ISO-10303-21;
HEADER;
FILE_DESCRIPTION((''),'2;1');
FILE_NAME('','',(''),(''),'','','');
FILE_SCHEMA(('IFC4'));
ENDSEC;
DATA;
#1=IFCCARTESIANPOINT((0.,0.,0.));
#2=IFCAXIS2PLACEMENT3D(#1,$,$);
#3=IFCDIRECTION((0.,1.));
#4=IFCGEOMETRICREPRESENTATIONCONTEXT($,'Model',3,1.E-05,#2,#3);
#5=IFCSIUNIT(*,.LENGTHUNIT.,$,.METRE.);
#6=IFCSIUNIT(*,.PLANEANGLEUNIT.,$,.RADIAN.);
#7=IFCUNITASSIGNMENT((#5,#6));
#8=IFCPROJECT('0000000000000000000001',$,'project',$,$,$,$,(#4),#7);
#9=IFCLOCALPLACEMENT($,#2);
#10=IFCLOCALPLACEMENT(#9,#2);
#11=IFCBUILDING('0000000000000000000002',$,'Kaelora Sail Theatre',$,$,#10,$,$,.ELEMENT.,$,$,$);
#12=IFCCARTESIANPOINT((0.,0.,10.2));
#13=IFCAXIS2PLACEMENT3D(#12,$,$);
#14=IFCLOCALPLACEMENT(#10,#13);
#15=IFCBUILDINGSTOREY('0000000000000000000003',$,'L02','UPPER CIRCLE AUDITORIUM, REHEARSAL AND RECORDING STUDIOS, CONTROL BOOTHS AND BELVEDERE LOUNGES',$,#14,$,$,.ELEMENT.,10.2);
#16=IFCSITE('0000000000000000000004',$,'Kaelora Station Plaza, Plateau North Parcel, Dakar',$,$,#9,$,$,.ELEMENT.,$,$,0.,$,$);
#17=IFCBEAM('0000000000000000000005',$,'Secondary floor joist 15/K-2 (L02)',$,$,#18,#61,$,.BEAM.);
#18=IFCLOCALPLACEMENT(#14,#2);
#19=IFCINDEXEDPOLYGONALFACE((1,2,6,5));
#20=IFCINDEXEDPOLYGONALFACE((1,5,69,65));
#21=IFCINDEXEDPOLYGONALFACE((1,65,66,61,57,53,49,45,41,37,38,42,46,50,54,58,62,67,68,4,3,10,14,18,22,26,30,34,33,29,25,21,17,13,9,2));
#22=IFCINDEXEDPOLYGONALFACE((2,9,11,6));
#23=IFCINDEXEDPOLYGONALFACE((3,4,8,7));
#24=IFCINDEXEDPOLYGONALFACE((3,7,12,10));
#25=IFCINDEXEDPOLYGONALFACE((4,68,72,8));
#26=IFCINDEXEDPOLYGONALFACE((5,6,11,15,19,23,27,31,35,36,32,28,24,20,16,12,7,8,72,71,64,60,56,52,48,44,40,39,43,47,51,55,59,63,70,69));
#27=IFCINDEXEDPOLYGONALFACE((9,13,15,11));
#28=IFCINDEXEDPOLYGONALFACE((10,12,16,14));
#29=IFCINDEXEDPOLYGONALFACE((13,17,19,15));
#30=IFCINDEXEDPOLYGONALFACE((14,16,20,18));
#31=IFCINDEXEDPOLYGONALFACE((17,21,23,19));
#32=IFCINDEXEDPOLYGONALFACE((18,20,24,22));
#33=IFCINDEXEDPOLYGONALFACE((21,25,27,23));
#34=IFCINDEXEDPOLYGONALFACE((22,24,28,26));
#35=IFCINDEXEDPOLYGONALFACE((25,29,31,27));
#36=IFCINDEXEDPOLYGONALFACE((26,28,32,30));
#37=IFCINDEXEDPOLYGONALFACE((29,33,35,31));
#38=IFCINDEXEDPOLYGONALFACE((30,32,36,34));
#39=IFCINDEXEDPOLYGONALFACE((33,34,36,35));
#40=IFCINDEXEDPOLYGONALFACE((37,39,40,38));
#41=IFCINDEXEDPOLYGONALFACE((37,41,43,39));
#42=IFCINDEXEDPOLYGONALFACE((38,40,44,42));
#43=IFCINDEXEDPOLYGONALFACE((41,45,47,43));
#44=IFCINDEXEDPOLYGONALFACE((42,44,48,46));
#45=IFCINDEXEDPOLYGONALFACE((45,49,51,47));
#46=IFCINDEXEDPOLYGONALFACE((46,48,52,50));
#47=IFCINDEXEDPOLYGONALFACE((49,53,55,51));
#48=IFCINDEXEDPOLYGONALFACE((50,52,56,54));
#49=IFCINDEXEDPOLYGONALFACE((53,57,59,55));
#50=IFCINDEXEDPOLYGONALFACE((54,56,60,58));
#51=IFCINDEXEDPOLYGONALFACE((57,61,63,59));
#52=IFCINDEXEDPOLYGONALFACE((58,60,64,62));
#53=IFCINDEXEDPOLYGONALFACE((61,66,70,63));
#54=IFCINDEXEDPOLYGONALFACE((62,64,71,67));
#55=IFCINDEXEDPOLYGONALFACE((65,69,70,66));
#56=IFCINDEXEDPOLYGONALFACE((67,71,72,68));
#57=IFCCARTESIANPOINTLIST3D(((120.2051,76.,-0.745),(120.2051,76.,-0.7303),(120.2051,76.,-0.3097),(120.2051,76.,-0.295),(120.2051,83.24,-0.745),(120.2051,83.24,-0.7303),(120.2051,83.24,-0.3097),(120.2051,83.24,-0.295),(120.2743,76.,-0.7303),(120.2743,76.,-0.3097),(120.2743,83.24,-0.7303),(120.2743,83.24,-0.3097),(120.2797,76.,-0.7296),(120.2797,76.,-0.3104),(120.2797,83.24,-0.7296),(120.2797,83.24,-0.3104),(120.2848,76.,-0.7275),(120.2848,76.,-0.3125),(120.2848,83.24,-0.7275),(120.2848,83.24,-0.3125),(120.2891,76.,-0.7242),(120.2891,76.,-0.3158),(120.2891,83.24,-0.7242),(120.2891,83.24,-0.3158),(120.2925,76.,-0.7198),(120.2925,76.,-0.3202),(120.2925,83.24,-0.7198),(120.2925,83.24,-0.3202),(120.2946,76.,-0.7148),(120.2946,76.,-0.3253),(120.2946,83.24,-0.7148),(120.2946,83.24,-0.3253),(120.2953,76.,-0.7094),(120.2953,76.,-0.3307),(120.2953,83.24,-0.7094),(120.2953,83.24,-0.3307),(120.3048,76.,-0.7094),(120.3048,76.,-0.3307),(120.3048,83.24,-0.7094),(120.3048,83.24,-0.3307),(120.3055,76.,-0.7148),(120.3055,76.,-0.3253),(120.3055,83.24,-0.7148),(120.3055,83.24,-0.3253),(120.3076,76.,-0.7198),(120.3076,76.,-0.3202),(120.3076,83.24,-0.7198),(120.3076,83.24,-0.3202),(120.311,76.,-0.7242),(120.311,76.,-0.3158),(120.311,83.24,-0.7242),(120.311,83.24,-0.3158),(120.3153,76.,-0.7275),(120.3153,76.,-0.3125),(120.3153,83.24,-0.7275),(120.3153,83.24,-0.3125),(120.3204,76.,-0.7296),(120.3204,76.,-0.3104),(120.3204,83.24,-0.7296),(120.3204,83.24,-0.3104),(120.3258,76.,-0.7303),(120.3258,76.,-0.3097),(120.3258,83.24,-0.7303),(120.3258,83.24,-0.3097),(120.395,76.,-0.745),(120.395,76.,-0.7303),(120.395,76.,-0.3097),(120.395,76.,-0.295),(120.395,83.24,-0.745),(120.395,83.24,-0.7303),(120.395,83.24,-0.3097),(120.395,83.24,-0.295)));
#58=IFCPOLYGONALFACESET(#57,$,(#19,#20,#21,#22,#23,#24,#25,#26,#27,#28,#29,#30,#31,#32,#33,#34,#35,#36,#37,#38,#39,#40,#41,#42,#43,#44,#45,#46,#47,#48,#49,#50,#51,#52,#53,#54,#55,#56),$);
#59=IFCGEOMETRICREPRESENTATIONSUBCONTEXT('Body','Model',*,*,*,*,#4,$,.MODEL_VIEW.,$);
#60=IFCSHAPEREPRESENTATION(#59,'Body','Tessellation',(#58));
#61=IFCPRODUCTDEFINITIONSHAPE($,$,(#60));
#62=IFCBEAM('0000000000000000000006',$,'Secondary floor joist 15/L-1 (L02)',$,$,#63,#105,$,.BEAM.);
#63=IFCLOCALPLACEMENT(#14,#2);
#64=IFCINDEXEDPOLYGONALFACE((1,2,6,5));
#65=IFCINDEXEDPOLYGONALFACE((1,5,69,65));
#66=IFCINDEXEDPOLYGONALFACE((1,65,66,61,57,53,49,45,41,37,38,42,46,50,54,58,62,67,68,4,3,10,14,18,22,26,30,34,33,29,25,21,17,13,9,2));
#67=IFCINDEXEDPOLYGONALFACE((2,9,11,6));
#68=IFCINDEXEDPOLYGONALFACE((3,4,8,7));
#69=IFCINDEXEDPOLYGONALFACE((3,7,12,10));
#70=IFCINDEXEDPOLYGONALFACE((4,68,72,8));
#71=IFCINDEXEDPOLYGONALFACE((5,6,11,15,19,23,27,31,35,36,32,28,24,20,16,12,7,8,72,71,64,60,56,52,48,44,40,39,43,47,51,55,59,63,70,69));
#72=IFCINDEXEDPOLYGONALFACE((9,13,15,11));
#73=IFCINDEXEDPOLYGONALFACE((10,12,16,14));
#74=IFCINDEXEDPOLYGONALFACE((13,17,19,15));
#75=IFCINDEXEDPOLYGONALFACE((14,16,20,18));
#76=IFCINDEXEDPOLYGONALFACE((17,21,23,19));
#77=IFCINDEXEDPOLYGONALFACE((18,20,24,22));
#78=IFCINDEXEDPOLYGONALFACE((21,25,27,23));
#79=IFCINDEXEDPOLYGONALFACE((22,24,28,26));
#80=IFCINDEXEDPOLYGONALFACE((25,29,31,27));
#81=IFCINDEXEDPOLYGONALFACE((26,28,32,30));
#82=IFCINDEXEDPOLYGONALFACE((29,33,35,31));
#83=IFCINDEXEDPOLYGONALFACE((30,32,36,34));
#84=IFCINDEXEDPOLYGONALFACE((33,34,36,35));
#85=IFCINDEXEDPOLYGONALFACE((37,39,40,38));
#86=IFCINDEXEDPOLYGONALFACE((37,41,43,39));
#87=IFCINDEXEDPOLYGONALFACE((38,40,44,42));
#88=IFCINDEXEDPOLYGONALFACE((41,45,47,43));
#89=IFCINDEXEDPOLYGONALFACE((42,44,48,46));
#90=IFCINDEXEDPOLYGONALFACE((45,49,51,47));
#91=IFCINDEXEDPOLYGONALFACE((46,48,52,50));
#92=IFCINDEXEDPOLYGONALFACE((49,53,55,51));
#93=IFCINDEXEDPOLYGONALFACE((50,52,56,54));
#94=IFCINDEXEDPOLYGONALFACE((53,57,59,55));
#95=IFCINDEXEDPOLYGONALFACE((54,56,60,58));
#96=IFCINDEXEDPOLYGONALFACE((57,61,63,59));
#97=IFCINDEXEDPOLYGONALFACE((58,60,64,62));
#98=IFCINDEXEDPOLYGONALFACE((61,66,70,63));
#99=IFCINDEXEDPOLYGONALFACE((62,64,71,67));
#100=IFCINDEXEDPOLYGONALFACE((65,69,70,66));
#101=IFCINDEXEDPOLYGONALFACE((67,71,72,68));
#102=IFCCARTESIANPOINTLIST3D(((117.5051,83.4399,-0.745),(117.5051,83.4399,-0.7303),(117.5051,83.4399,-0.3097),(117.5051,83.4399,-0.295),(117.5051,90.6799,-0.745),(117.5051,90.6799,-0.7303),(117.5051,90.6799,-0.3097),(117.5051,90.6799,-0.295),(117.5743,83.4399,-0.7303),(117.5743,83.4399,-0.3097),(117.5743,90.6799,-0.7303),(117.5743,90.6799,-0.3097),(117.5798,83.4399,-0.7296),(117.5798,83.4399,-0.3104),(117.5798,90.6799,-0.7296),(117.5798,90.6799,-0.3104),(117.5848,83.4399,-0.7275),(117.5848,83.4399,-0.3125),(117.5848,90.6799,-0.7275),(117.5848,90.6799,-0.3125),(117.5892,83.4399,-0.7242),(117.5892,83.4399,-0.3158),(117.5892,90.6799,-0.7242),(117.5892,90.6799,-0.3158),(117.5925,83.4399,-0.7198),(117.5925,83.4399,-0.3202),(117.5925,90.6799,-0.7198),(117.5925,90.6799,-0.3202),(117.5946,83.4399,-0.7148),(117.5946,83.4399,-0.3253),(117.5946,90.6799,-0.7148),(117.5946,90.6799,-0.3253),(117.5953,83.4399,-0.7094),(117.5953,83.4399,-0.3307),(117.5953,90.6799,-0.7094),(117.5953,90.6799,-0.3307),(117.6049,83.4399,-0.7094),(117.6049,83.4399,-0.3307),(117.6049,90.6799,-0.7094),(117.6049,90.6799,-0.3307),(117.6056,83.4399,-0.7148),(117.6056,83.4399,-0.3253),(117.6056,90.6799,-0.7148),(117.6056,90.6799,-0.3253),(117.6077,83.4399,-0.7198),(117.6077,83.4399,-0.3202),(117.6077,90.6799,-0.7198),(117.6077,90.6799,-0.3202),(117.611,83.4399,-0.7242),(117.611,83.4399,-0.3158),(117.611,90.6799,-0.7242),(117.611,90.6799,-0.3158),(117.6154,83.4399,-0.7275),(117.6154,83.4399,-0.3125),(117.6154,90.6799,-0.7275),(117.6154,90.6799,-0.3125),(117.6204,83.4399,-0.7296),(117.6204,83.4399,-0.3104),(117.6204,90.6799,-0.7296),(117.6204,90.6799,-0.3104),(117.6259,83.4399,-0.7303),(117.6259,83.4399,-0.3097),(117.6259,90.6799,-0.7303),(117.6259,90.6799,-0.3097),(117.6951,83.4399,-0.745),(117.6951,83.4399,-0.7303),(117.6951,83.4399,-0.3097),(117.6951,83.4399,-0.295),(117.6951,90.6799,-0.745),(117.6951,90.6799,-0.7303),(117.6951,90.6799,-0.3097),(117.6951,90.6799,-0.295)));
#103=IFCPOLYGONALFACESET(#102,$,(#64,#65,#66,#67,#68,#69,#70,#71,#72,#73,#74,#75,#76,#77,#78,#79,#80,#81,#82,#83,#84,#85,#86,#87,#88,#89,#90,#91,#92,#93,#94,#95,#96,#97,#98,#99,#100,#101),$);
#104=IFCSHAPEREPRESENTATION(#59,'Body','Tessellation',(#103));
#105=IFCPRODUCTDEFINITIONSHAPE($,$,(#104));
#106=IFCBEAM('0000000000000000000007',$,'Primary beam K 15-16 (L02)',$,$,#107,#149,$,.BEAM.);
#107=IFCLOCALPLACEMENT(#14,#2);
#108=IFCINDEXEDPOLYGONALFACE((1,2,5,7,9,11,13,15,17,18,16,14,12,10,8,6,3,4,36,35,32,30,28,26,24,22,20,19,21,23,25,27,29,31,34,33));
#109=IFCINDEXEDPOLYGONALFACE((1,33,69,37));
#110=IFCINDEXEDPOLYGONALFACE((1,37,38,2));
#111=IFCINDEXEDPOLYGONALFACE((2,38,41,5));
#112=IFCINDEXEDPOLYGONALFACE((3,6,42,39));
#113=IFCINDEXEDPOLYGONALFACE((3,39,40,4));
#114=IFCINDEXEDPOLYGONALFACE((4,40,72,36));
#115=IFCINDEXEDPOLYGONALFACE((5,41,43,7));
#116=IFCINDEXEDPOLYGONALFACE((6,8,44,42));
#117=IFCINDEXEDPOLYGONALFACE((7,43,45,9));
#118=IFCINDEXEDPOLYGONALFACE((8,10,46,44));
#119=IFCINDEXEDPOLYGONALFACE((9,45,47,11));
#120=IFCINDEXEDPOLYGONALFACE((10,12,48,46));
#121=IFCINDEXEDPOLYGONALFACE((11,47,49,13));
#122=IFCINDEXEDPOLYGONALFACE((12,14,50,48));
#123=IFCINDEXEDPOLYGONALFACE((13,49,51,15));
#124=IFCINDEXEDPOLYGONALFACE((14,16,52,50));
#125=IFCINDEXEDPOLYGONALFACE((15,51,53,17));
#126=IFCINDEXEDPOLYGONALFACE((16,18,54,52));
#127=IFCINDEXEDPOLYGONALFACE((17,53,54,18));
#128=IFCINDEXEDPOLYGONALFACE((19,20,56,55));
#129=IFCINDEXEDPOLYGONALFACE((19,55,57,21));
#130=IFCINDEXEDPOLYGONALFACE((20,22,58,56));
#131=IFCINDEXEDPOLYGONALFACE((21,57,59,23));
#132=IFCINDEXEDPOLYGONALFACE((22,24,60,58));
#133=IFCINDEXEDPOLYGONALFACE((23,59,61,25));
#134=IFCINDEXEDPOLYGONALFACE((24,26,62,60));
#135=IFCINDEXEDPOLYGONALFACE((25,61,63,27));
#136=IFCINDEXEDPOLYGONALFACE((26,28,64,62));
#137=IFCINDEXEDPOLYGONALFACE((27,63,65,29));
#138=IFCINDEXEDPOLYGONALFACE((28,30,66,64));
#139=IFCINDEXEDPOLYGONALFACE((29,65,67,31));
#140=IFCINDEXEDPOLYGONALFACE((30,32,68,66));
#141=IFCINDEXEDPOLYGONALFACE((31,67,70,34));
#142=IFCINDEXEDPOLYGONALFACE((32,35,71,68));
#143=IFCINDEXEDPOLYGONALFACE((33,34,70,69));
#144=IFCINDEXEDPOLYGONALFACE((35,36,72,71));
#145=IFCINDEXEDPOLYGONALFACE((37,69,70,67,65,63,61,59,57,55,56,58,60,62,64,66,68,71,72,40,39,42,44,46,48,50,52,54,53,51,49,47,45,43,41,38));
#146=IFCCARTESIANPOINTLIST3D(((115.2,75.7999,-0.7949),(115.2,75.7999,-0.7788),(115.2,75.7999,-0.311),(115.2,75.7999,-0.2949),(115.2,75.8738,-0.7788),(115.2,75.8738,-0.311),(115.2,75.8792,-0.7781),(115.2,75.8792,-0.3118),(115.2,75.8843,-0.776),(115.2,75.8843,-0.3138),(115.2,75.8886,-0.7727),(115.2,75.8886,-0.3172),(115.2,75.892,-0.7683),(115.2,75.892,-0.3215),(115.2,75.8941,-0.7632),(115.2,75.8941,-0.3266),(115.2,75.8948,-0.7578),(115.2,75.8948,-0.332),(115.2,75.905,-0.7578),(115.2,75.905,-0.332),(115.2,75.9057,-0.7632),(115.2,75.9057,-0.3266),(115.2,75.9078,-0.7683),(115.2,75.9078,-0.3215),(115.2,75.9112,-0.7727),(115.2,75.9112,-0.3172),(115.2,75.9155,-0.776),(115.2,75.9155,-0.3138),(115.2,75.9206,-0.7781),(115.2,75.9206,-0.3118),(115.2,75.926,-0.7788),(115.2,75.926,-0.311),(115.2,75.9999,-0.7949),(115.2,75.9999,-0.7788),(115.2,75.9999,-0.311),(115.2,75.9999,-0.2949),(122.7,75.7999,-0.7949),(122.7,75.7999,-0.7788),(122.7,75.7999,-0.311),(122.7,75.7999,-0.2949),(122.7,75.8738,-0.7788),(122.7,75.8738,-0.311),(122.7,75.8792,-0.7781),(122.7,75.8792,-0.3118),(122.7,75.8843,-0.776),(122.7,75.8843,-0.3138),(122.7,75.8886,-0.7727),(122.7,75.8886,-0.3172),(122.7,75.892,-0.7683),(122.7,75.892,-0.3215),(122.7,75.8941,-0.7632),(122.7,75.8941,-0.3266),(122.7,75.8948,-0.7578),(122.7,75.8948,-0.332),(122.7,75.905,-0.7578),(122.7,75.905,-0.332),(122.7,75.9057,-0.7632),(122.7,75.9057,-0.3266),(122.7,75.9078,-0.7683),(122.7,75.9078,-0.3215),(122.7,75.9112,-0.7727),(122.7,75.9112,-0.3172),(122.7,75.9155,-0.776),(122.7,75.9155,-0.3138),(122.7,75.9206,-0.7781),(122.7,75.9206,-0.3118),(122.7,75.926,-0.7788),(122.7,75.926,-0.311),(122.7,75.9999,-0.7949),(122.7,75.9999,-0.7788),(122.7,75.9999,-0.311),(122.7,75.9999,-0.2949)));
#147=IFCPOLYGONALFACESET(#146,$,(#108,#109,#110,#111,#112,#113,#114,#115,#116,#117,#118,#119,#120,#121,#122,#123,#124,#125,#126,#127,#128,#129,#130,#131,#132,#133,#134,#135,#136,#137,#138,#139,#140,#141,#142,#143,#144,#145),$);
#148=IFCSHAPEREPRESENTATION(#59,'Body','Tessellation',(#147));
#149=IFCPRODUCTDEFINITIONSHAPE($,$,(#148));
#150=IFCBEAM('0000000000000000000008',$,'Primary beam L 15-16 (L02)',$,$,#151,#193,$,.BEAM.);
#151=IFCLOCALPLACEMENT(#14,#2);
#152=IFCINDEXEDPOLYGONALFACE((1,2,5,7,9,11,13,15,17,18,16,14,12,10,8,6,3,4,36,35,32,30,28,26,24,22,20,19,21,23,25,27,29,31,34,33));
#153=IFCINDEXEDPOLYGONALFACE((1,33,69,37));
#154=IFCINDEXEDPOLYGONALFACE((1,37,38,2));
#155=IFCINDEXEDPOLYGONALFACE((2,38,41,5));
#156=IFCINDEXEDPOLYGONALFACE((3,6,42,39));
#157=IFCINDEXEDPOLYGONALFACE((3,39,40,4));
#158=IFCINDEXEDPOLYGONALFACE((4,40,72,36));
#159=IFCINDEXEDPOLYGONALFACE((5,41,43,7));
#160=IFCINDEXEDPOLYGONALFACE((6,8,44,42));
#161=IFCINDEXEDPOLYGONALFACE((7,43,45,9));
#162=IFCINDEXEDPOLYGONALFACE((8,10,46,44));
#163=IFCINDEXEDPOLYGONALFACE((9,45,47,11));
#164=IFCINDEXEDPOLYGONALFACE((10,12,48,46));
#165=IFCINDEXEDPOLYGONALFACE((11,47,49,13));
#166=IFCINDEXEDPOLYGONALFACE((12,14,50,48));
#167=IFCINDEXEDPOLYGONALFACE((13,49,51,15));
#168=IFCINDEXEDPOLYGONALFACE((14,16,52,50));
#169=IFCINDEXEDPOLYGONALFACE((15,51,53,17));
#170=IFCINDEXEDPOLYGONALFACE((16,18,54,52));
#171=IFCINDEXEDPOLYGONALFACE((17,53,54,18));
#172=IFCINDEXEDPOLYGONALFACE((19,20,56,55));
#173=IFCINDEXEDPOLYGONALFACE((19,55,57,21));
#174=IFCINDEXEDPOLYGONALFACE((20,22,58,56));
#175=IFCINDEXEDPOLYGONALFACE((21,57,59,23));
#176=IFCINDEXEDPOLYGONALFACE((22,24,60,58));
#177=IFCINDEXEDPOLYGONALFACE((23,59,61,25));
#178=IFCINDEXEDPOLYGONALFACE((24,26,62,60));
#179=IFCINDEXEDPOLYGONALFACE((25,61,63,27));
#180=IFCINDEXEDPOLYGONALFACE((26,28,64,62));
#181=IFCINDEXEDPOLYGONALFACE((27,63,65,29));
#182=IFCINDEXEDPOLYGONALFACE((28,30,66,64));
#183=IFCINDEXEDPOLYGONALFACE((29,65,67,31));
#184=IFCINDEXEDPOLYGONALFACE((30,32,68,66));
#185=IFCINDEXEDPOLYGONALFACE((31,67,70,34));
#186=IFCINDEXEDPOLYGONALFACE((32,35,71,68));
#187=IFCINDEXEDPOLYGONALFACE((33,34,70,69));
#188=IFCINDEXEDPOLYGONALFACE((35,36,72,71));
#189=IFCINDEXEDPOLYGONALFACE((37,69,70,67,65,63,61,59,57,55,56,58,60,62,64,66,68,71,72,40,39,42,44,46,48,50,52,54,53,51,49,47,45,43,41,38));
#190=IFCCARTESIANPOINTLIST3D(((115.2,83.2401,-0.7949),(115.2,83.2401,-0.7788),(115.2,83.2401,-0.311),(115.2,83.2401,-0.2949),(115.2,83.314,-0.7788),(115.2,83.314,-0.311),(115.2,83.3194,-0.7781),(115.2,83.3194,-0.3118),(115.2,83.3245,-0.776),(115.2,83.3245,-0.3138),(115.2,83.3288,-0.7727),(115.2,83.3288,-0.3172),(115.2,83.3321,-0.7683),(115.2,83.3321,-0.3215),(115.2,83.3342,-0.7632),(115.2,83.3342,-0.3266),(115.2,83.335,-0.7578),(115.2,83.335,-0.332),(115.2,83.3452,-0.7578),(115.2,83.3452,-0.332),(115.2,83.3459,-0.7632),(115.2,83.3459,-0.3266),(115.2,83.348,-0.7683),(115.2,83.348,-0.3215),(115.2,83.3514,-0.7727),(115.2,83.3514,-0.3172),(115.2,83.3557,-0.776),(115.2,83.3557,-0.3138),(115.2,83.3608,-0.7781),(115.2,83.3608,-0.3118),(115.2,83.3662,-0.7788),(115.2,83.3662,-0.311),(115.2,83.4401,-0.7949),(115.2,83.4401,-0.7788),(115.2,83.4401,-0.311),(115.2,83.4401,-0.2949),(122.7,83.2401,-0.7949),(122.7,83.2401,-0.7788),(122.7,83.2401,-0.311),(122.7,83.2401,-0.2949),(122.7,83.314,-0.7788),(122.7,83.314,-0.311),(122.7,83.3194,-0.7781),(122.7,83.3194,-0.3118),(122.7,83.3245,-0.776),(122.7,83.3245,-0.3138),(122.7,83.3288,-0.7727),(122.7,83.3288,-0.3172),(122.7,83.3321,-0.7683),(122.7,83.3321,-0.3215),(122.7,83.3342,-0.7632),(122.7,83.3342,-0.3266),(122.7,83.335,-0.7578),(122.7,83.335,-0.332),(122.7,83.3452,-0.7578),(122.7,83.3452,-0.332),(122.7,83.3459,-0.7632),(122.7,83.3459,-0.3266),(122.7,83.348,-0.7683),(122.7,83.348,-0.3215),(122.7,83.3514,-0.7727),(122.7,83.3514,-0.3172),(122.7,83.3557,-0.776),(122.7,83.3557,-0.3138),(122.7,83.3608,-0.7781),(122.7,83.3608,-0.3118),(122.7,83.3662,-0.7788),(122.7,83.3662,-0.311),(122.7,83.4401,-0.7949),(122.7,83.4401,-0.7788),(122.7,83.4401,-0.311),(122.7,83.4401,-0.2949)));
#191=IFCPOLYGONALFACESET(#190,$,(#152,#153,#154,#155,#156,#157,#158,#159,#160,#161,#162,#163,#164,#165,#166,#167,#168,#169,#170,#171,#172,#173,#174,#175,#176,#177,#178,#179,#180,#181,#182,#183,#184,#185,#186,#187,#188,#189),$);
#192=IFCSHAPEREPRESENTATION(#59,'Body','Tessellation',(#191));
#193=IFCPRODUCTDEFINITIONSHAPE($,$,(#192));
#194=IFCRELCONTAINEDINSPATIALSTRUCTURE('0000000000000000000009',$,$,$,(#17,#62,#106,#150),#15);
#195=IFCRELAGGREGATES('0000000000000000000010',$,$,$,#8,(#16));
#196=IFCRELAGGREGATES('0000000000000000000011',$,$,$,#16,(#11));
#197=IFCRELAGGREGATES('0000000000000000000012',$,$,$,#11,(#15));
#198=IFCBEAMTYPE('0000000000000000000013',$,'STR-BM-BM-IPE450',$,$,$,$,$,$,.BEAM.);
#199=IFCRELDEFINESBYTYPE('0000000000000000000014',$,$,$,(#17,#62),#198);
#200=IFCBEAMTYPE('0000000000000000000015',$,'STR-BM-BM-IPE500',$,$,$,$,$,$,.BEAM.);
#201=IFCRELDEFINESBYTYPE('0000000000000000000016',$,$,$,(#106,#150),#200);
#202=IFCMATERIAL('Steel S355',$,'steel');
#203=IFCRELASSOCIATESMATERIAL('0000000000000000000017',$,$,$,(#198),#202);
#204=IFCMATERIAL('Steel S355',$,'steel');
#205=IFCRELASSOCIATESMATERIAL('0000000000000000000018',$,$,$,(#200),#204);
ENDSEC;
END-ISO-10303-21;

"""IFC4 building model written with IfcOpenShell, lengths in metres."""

from ifc_helpers import new_model, si_unit, direction, frame, origin, origin_2d, place, context, subcontext, project, spatial, i_section, extrude, material, material_profile, profile_set, type_object, element, save


model = new_model("IFC4")

# Units and contexts
model_context = context("Model", 3, precision=1e-05, world=origin(), true_north=direction((0.0, 1.0)))
body_context = subcontext(model_context, "Body", "Model", "MODEL_VIEW")
ifc_project = project(units=[si_unit("LENGTHUNIT", "METRE"), si_unit("PLANEANGLEUNIT", "RADIAN")], contexts=[model_context])

# Site, building, storey
site_placement = place(None, origin())
site = spatial("IfcSite", under=ifc_project, at=site_placement, Name="Kaelora Station Plaza, Plateau North Parcel, Dakar", CompositionType="ELEMENT", RefElevation=0.0)
building_placement = place(site_placement, origin())
building = spatial("IfcBuilding", under=site, at=building_placement, Name="Kaelora Sail Theatre", CompositionType="ELEMENT")
storey_placement = place(building_placement, frame((0.0, 0.0, 10.2)))
storey = spatial("IfcBuildingStorey", under=building, at=storey_placement, Name="L02", Description="UPPER CIRCLE AUDITORIUM, REHEARSAL AND RECORDING STUDIOS, CONTROL BOOTHS AND BELVEDERE LOUNGES", CompositionType="ELEMENT", Elevation=10.2)

# Beams
ifc_material_1 = material(Name="Steel S355", Category="steel")
ifc_material_profile_1 = material_profile(ifc_material_1, i_section(OverallWidth=0.1899, OverallDepth=0.45, WebThickness=0.0095, FlangeThickness=0.0146, FilletRadius=0.021, at=origin_2d()), Name="IPE 450")
ifc_profile_set_1 = profile_set([ifc_material_profile_1], Name="Steel S355")
beam_type_1 = type_object("IfcBeamType", Name="STR-BM-BM-IPE450", PredefinedType="BEAM", material=ifc_profile_set_1)
for number, where, z_axis, x_axis, name in (
    (1, (120.3, 76.0, -0.52), (0.0, 1.0, 0.0), (-1.0, 0.0, 0.0), "Secondary floor joist 15/K-2 (L02)"),
    (2, (117.6001, 83.4399, -0.52), (0.0, 1.0, 0.0), (-1.0, 0.0, 0.0), "Secondary floor joist 15/L-1 (L02)"),
):
    element("IfcBeam", number, at=place(storey_placement, frame(where, z_axis=z_axis, x_axis=x_axis)), inside=storey, type_object=beam_type_1, Name=name, PredefinedType="BEAM", context=body_context, shape_type="SweptSolid", body=[
        extrude(i_section(OverallWidth=0.1899, OverallDepth=0.45, WebThickness=0.0095, FlangeThickness=0.0146, FilletRadius=0.021, at=origin_2d()), origin(), (0.0, 0.0, 1.0), 7.24),
    ])
ifc_material_2 = material(Name="Steel S355", Category="steel")
ifc_material_profile_2 = material_profile(ifc_material_2, i_section(OverallWidth=0.2, OverallDepth=0.5, WebThickness=0.0103, FlangeThickness=0.0161, FilletRadius=0.021, at=origin_2d()), Name="IPE 500")
ifc_profile_set_2 = profile_set([ifc_material_profile_2], Name="Steel S355")
beam_type_2 = type_object("IfcBeamType", Name="STR-BM-BM-IPE500", PredefinedType="BEAM", material=ifc_profile_set_2)
for number, where, z_axis, x_axis, name in (
    (3, (115.2, 75.8999, -0.5449), (1.0, 0.0, 0.0), (0.0, 1.0, 0.0), "Primary beam K 15-16 (L02)"),
    (4, (115.2, 83.3401, -0.5449), (1.0, 0.0, 0.0), (0.0, 1.0, 0.0), "Primary beam L 15-16 (L02)"),
):
    element("IfcBeam", number, at=place(storey_placement, frame(where, z_axis=z_axis, x_axis=x_axis)), inside=storey, type_object=beam_type_2, Name=name, PredefinedType="BEAM", context=body_context, shape_type="SweptSolid", body=[
        extrude(i_section(OverallWidth=0.2, OverallDepth=0.5, WebThickness=0.0103, FlangeThickness=0.0161, FilletRadius=0.021, at=origin_2d()), origin(), (0.0, 0.0, 1.0), 7.5),
    ])

save(model, "model.ifc")
